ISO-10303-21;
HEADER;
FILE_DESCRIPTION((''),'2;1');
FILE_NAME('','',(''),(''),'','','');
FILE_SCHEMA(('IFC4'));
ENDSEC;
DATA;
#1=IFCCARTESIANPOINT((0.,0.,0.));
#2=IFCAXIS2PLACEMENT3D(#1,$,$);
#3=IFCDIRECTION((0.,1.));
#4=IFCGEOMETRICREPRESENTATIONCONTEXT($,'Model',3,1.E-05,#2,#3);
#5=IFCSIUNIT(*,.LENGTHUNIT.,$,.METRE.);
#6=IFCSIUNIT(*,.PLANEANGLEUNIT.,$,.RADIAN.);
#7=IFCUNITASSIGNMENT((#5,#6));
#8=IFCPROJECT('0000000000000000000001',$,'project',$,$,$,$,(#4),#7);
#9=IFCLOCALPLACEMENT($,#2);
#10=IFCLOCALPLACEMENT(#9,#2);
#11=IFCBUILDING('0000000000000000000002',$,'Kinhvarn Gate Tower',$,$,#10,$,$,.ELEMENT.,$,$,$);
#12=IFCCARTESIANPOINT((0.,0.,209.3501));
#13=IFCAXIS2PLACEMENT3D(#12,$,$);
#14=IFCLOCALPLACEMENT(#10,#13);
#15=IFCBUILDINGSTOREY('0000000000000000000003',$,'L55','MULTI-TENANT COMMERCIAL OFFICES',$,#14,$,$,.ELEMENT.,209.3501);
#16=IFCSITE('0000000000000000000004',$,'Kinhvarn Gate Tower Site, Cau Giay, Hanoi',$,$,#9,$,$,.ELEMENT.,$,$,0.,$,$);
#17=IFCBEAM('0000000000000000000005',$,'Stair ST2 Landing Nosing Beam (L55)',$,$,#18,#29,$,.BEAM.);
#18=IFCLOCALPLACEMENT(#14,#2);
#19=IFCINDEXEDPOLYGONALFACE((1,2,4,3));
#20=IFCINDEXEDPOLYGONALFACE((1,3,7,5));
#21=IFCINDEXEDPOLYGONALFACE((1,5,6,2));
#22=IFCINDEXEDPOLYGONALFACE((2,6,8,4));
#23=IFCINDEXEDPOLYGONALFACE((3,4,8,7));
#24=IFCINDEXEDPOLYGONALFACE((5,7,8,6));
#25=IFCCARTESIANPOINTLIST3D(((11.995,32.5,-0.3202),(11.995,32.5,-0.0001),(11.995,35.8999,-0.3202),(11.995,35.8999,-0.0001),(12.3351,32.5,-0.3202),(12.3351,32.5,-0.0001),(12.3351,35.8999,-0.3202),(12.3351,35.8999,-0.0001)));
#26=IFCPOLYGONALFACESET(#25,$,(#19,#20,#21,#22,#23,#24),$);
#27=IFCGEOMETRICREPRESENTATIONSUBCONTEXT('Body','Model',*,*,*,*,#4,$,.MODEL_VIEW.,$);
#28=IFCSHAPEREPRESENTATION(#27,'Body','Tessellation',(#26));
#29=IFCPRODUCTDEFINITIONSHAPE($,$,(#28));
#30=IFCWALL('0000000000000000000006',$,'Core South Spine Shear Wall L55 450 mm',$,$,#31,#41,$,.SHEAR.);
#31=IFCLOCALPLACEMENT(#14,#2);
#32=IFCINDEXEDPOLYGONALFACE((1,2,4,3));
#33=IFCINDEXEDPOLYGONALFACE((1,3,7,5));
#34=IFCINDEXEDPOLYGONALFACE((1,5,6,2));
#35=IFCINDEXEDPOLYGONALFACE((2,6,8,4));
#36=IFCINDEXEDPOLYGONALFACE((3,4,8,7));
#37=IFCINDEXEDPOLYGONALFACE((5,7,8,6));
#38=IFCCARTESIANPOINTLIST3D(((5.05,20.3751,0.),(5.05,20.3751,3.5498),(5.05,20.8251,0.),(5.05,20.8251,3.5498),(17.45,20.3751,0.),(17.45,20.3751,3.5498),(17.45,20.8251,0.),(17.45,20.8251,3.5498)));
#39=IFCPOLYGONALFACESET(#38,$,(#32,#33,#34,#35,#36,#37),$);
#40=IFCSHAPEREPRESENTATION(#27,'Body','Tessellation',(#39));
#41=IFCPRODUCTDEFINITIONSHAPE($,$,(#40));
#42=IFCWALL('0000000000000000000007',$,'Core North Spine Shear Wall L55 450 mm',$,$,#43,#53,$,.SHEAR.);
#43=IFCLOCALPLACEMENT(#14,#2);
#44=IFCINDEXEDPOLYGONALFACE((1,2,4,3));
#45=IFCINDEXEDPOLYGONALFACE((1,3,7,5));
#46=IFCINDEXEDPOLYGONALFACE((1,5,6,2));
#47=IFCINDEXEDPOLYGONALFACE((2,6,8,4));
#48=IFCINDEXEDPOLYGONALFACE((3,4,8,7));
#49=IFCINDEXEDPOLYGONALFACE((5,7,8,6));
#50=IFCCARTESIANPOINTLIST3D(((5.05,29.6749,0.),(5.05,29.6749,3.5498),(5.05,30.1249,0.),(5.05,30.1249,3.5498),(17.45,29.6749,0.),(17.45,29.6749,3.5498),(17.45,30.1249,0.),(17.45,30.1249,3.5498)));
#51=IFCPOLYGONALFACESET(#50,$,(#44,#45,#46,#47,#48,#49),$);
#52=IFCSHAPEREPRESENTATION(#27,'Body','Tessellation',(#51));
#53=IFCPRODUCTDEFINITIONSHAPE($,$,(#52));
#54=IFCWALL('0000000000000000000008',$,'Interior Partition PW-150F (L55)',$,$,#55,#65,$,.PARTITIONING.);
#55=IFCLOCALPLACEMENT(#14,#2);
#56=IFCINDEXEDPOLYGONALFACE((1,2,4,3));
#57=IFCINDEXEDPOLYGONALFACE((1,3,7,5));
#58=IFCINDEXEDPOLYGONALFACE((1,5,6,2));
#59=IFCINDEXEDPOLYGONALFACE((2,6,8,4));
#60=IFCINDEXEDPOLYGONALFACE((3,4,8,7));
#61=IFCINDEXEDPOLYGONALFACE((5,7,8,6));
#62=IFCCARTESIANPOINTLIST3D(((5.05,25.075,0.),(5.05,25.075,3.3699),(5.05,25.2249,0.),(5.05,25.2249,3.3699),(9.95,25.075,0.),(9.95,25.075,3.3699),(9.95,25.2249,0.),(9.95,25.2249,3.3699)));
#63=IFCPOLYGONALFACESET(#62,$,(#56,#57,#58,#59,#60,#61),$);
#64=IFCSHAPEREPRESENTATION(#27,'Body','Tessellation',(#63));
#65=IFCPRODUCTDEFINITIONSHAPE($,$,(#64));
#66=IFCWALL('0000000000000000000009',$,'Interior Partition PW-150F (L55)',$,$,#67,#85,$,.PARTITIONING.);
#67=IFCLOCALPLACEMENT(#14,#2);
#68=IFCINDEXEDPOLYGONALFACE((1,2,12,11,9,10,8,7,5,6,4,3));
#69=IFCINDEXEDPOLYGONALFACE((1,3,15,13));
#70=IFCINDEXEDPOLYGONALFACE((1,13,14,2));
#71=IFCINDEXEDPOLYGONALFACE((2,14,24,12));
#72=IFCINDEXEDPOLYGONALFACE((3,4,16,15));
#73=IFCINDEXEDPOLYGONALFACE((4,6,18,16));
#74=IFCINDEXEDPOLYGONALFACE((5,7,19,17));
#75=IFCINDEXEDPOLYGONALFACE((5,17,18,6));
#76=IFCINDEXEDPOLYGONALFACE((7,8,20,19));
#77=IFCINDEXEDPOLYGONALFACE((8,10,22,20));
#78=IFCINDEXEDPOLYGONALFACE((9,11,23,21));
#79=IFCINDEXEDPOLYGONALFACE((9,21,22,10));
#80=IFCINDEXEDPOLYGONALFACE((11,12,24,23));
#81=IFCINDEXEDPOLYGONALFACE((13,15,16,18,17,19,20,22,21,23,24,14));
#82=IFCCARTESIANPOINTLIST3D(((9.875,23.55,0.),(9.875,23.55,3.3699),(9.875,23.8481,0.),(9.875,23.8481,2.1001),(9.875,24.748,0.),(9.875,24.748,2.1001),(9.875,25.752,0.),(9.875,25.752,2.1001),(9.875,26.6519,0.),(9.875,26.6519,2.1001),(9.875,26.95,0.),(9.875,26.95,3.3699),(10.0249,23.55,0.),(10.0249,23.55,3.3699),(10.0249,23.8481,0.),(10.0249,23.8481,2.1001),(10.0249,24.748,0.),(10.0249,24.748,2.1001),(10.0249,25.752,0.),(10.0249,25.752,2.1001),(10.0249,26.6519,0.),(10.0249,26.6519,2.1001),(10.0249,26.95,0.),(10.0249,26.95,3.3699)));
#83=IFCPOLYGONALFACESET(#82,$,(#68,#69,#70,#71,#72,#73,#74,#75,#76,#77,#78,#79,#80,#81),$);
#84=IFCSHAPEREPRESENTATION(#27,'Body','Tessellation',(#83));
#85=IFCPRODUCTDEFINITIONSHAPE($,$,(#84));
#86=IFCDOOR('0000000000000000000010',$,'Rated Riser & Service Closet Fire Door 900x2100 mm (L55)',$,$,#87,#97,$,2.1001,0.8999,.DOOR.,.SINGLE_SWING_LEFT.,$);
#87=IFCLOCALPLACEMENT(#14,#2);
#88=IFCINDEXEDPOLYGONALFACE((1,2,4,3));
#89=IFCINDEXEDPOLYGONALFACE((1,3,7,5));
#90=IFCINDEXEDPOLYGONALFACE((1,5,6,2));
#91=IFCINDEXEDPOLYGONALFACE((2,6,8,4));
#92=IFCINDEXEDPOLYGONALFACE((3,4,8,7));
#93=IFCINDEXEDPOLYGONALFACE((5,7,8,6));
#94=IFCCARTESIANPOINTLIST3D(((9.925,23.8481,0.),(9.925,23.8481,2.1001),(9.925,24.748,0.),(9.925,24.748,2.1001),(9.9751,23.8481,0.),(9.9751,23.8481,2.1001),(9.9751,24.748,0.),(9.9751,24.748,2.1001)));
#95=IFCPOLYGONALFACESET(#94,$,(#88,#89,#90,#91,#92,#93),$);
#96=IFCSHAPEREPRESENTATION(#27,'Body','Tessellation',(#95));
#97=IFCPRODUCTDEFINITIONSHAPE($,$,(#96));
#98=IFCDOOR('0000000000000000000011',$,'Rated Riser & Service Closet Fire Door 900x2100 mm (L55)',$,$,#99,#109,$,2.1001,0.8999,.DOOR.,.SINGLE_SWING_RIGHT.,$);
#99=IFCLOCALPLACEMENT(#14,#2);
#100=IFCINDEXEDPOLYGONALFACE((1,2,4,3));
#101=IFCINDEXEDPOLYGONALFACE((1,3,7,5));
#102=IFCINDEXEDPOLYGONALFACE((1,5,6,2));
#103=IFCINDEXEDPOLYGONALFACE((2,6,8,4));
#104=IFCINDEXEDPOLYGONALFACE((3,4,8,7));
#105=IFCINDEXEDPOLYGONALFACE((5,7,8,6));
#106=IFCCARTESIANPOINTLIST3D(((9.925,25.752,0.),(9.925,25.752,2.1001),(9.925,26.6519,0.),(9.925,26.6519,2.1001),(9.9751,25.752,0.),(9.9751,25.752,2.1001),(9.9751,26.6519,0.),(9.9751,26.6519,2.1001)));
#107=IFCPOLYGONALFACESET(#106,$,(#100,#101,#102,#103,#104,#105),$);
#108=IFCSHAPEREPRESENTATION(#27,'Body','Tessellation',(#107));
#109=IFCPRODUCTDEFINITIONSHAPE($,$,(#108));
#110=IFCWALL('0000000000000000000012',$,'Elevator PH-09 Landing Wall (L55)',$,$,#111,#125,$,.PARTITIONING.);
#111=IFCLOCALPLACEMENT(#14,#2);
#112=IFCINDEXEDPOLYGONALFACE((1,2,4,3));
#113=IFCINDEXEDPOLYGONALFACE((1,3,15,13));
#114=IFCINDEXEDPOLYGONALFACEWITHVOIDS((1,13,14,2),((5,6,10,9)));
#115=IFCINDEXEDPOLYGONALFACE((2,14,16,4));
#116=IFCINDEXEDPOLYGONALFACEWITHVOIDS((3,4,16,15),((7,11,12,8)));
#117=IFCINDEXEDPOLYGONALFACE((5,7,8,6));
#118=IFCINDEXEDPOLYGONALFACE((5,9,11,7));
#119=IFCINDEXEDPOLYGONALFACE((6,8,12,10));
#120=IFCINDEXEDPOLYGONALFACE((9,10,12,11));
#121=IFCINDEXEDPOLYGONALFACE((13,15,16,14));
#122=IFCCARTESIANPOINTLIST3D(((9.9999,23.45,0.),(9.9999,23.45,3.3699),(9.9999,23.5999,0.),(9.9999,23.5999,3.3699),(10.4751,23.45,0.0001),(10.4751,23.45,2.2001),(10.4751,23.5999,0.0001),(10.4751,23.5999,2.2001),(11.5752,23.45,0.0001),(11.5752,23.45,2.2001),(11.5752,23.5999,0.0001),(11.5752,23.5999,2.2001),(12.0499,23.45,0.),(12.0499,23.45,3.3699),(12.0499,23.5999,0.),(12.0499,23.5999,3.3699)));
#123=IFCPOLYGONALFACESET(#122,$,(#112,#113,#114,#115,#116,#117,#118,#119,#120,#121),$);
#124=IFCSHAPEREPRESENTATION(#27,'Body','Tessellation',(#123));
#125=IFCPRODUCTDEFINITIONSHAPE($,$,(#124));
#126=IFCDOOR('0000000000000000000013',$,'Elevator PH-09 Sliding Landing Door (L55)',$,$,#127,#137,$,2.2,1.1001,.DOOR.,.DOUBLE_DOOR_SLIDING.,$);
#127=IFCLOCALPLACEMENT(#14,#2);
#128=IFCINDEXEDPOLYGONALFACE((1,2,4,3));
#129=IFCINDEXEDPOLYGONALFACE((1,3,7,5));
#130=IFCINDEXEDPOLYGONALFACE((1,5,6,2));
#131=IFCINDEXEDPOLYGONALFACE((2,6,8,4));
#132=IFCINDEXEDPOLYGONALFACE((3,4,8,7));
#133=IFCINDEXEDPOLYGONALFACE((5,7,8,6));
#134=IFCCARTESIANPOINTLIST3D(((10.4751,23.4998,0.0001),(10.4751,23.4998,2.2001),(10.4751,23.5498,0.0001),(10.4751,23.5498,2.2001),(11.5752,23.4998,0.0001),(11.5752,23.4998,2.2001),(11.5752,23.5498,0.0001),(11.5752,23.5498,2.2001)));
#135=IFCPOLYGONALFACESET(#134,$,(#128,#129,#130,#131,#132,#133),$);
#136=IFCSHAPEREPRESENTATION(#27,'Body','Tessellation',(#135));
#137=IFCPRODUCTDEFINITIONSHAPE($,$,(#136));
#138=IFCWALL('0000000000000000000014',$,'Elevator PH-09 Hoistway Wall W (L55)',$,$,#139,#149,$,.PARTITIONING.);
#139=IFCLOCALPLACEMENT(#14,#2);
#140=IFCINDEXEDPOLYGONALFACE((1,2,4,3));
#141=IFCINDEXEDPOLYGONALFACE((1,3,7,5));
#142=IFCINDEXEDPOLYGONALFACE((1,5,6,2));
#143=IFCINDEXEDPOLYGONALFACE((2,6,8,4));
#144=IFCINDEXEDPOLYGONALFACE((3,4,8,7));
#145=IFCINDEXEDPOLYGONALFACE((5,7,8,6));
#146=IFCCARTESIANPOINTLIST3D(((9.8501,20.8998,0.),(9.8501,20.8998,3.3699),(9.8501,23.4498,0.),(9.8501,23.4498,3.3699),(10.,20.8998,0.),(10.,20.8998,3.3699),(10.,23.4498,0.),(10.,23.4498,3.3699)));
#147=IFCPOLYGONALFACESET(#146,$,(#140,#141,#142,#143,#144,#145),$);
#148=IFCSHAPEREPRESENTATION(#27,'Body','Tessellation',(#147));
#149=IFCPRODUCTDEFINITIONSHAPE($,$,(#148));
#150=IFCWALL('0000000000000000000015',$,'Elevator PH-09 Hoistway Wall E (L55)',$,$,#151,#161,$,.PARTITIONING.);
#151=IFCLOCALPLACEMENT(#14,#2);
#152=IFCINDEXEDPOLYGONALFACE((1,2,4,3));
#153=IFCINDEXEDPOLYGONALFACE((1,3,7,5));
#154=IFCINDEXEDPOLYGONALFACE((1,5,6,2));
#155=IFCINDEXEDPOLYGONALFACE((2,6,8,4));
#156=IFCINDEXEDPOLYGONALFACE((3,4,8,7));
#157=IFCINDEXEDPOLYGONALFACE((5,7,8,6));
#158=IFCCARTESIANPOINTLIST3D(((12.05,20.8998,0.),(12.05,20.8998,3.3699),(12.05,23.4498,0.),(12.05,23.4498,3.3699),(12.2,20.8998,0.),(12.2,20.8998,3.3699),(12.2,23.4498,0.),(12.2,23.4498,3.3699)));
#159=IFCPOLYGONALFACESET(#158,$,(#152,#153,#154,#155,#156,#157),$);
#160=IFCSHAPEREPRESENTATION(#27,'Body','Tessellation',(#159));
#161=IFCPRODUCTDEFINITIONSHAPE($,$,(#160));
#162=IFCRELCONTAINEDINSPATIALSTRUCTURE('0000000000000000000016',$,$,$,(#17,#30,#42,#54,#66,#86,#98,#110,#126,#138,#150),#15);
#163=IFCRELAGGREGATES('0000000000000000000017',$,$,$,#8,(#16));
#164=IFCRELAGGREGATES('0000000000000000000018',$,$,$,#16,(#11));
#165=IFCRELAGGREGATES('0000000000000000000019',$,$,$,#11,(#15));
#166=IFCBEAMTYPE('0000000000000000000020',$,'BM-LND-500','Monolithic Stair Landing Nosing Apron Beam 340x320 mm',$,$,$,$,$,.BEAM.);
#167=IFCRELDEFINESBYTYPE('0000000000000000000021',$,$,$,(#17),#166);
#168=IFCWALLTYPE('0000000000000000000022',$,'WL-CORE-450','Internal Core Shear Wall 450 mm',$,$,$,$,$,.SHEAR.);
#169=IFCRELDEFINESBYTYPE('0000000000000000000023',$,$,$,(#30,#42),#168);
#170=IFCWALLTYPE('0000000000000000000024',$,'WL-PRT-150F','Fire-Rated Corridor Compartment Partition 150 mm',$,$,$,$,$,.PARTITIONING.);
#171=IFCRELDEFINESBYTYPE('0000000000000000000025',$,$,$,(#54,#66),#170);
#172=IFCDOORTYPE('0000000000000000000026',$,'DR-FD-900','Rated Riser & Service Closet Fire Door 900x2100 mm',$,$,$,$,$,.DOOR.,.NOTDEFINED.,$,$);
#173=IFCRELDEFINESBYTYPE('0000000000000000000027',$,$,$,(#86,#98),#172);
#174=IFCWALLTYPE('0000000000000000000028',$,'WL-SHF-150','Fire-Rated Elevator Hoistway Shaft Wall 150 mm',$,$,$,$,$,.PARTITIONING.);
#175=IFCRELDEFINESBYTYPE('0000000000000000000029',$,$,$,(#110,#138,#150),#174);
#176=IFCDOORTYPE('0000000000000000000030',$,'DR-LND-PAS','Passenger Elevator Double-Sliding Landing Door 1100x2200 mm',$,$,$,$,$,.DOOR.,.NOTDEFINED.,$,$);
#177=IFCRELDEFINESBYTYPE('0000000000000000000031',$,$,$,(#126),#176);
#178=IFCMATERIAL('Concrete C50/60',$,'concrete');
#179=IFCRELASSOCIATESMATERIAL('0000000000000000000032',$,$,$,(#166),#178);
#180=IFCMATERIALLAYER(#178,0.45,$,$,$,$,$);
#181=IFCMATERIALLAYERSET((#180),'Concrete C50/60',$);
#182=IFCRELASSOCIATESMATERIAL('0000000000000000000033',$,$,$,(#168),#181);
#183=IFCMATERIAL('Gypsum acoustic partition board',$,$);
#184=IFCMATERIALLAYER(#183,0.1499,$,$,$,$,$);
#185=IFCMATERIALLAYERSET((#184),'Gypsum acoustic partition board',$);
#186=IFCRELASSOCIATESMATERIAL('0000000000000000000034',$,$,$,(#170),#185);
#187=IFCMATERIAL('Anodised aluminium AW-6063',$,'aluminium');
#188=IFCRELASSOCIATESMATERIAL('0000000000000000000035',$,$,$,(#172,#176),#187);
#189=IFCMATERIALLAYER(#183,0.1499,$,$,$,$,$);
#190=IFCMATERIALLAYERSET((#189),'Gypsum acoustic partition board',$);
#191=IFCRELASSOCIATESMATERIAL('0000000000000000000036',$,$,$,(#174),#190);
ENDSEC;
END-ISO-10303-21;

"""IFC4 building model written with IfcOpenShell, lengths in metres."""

from ifc_helpers import new_model, si_unit, direction, frame, frame_2d, origin, origin_2d, place, context, subcontext, project, spatial, rectangle, extrude, material, layer, layer_set, material_profile, profile_set, type_object, element, fill, save


model = new_model("IFC4")

# Units and contexts
model_context = context("Model", 3, precision=1e-05, world=origin(), true_north=direction((0.0, 1.0)))
body_context = subcontext(model_context, "Body", "Model", "MODEL_VIEW")
ifc_project = project(units=[si_unit("LENGTHUNIT", "METRE"), si_unit("PLANEANGLEUNIT", "RADIAN")], contexts=[model_context])

# Site, building, storey
site_placement = place(None, origin())
site = spatial("IfcSite", under=ifc_project, at=site_placement, Name="Kinhvarn Gate Tower Site, Cau Giay, Hanoi", CompositionType="ELEMENT", RefElevation=0.0)
building_placement = place(site_placement, origin())
building = spatial("IfcBuilding", under=site, at=building_placement, Name="Kinhvarn Gate Tower", CompositionType="ELEMENT")
storey_placement = place(building_placement, frame((0.0, 0.0, 209.3501)))
storey = spatial("IfcBuildingStorey", under=building, at=storey_placement, Name="L55", Description="MULTI-TENANT COMMERCIAL OFFICES", CompositionType="ELEMENT", Elevation=209.3501)

# Beam
ifc_material_1 = material(Name="Concrete C50/60", Category="concrete")
ifc_material_profile = material_profile(ifc_material_1, rectangle(XDim=0.3401, YDim=0.3201, at=origin_2d()), Name="RC 340x320")
ifc_profile_set = profile_set([ifc_material_profile], Name="Concrete C50/60")
beam_type = type_object("IfcBeamType", Name="BM-LND-500", Description="Monolithic Stair Landing Nosing Apron Beam 340x320 mm", PredefinedType="BEAM", material=ifc_profile_set)
beam_placement = place(storey_placement, frame((12.165, 32.5, -0.1602), z_axis=(0.0, 1.0, 0.0), x_axis=(-1.0, 0.0, 0.0)))
element("IfcBeam", 1, at=beam_placement, inside=storey, type_object=beam_type, Name="Stair ST2 Landing Nosing Beam (L55)", PredefinedType="BEAM", context=body_context, shape_type="SweptSolid", body=[
    extrude(rectangle(XDim=0.3401, YDim=0.3201, at=origin_2d()), origin(), (0.0, 0.0, 1.0), 3.3999),
])

# Walls
ifc_layer_1 = layer(ifc_material_1, 0.45)
ifc_layer_set_1 = layer_set([ifc_layer_1], Name="Concrete C50/60")
wall_type_1 = type_object("IfcWallType", Name="WL-CORE-450", Description="Internal Core Shear Wall 450 mm", PredefinedType="SHEAR", material=ifc_layer_set_1)
for number, where, z_axis, x_axis, name in (
    (2, (5.05, 20.6001, 0.0), (0.0, 0.0, 1.0), (1.0, 0.0, 0.0), "Core South Spine Shear Wall L55 450 mm"),
    (3, (5.05, 29.8999, 0.0), (0.0, 0.0, 1.0), (1.0, 0.0, 0.0), "Core North Spine Shear Wall L55 450 mm"),
):
    element("IfcWall", number, at=place(storey_placement, frame(where, z_axis=z_axis, x_axis=x_axis)), inside=storey, type_object=wall_type_1, Name=name, PredefinedType="SHEAR", context=body_context, shape_type="SweptSolid", body=[
        extrude(rectangle(XDim=12.3999, YDim=0.45, at=frame_2d((6.2, 0.0))), origin(), (0.0, 0.0, 1.0), 3.5498),
    ])
ifc_material_2 = material(Name="Gypsum acoustic partition board")
ifc_layer_2 = layer(ifc_material_2, 0.1499)
ifc_layer_set_2 = layer_set([ifc_layer_2], Name="Gypsum acoustic partition board")
wall_type_2 = type_object("IfcWallType", Name="WL-PRT-150F", Description="Fire-Rated Corridor Compartment Partition 150 mm", PredefinedType="PARTITIONING", material=ifc_layer_set_2)
wall_1_placement = place(storey_placement, frame((5.05, 25.1499, 0.0), z_axis=(0.0, 0.0, 1.0), x_axis=(1.0, 0.0, 0.0)))
element("IfcWall", 4, at=wall_1_placement, inside=storey, type_object=wall_type_2, Name="Interior Partition PW-150F (L55)", PredefinedType="PARTITIONING", context=body_context, shape_type="SweptSolid", body=[
    extrude(rectangle(XDim=4.8999, YDim=0.1499, at=frame_2d((2.45, 0.0))), origin(), (0.0, 0.0, 1.0), 3.3699),
])

# Wall, openings, doors
wall_2_placement = place(storey_placement, frame((9.95, 23.55, 0.0), z_axis=(0.0, 0.0, 1.0), x_axis=(0.0, 1.0, 0.0)))
wall_2 = element("IfcWall", 5, at=wall_2_placement, inside=storey, type_object=wall_type_2, Name="Interior Partition PW-150F (L55)", PredefinedType="PARTITIONING", context=body_context, shape_type="SweptSolid", body=[
    extrude(rectangle(XDim=3.3999, YDim=0.1499, at=frame_2d((1.7, 0.0))), origin(), (0.0, 0.0, 1.0), 3.3699),
])
opening_1_placement = place(wall_2_placement, frame((0.2981, 0.0, 0.0)))
opening_1 = element("IfcOpeningElement", 6, at=opening_1_placement, cuts=wall_2, PredefinedType="OPENING", context=body_context, shape_type="SweptSolid", body=[
    extrude(rectangle(XDim=0.8999, YDim=2.1001, at=frame_2d((0.45, 1.05))), frame((0.0, 0.085, 0.0), z_axis=(0.0, -1.0, 0.0), x_axis=(1.0, 0.0, 0.0)), (0.0, 0.0, 1.0), 0.1699),
])
opening_2_placement = place(wall_2_placement, frame((2.2019, 0.0, 0.0)))
opening_2 = element("IfcOpeningElement", 7, at=opening_2_placement, cuts=wall_2, PredefinedType="OPENING", context=body_context, shape_type="SweptSolid", body=[
    extrude(rectangle(XDim=0.8999, YDim=2.1001, at=frame_2d((0.45, 1.05))), frame((0.0, 0.085, 0.0), z_axis=(0.0, -1.0, 0.0), x_axis=(1.0, 0.0, 0.0)), (0.0, 0.0, 1.0), 0.1699),
])
ifc_material_3 = material(Name="Anodised aluminium AW-6063", Category="aluminium")
door_type_1 = type_object("IfcDoorType", Name="DR-FD-900", Description="Rated Riser & Service Closet Fire Door 900x2100 mm", OperationType="NOTDEFINED", PredefinedType="DOOR", material=ifc_material_3)
door_1_placement = place(opening_1_placement, origin())
door_1 = element("IfcDoor", 8, at=door_1_placement, inside=storey, type_object=door_type_1, Name="Rated Riser & Service Closet Fire Door 900x2100 mm (L55)", OperationType="SINGLE_SWING_LEFT", OverallHeight=2.1001, OverallWidth=0.8999, PredefinedType="DOOR", context=body_context, shape_type="SweptSolid", body=[
    extrude(rectangle(XDim=0.8999, YDim=2.1001, at=frame_2d((0.45, 1.05))), frame((0.0, 0.0249, 0.0), z_axis=(0.0, -1.0, 0.0), x_axis=(1.0, 0.0, 0.0)), (0.0, 0.0, 1.0), 0.05),
])
fill(opening_1, door_1)
door_2_placement = place(opening_2_placement, origin())
door_2 = element("IfcDoor", 9, at=door_2_placement, inside=storey, type_object=door_type_1, Name="Rated Riser & Service Closet Fire Door 900x2100 mm (L55)", OperationType="SINGLE_SWING_RIGHT", OverallHeight=2.1001, OverallWidth=0.8999, PredefinedType="DOOR", context=body_context, shape_type="SweptSolid", body=[
    extrude(rectangle(XDim=0.8999, YDim=2.1001, at=frame_2d((0.45, 1.05))), frame((0.0, 0.0249, 0.0), z_axis=(0.0, -1.0, 0.0), x_axis=(1.0, 0.0, 0.0)), (0.0, 0.0, 1.0), 0.05),
])
fill(opening_2, door_2)

# Wall, opening, door
ifc_layer_3 = layer(ifc_material_2, 0.1499)
ifc_layer_set_3 = layer_set([ifc_layer_3], Name="Gypsum acoustic partition board")
wall_type_3 = type_object("IfcWallType", Name="WL-SHF-150", Description="Fire-Rated Elevator Hoistway Shaft Wall 150 mm", PredefinedType="PARTITIONING", material=ifc_layer_set_3)
wall_3_placement = place(storey_placement, frame((10.0, 23.5249, 0.0), z_axis=(0.0, 0.0, 1.0), x_axis=(1.0, 0.0, 0.0)))
wall_3 = element("IfcWall", 10, at=wall_3_placement, inside=storey, type_object=wall_type_3, Name="Elevator PH-09 Landing Wall (L55)", PredefinedType="PARTITIONING", context=body_context, shape_type="SweptSolid", body=[
    extrude(rectangle(XDim=2.05, YDim=0.1499, at=frame_2d((1.0249, 0.0))), origin(), (0.0, 0.0, 1.0), 3.3699),
])
opening_3_placement = place(wall_3_placement, frame((0.4751, 0.0, 0.0)))
opening_3 = element("IfcOpeningElement", 11, at=opening_3_placement, cuts=wall_3, PredefinedType="OPENING", context=body_context, shape_type="SweptSolid", body=[
    extrude(rectangle(XDim=1.1001, YDim=2.2, at=frame_2d((0.55, 1.1001))), frame((0.0, 0.085, 0.0), z_axis=(0.0, -1.0, 0.0), x_axis=(1.0, 0.0, 0.0)), (0.0, 0.0, 1.0), 0.1699),
])
door_type_2 = type_object("IfcDoorType", Name="DR-LND-PAS", Description="Passenger Elevator Double-Sliding Landing Door 1100x2200 mm", OperationType="NOTDEFINED", PredefinedType="DOOR", material=ifc_material_3)
door_3_placement = place(opening_3_placement, origin())
door_3 = element("IfcDoor", 12, at=door_3_placement, inside=storey, type_object=door_type_2, Name="Elevator PH-09 Sliding Landing Door (L55)", OperationType="DOUBLE_DOOR_SLIDING", OverallHeight=2.2, OverallWidth=1.1001, PredefinedType="DOOR", context=body_context, shape_type="SweptSolid", body=[
    extrude(rectangle(XDim=1.1001, YDim=2.2, at=frame_2d((0.55, 1.1001))), frame((0.0, 0.0249, 0.0), z_axis=(0.0, -1.0, 0.0), x_axis=(1.0, 0.0, 0.0)), (0.0, 0.0, 1.0), 0.05),
])
fill(opening_3, door_3)

# Walls
for number, where, z_axis, x_axis, name in (
    (13, (9.925, 20.8999, 0.0), (0.0, 0.0, 1.0), (0.0, 1.0, 0.0), "Elevator PH-09 Hoistway Wall W (L55)"),
    (14, (12.125, 20.8999, 0.0), (0.0, 0.0, 1.0), (0.0, 1.0, 0.0), "Elevator PH-09 Hoistway Wall E (L55)"),
):
    element("IfcWall", number, at=place(storey_placement, frame(where, z_axis=z_axis, x_axis=x_axis)), inside=storey, type_object=wall_type_3, Name=name, PredefinedType="PARTITIONING", context=body_context, shape_type="SweptSolid", body=[
        extrude(rectangle(XDim=2.55, YDim=0.1499, at=frame_2d((1.2749, 0.0))), origin(), (0.0, 0.0, 1.0), 3.3699),
    ])

save(model, "model.ifc")
